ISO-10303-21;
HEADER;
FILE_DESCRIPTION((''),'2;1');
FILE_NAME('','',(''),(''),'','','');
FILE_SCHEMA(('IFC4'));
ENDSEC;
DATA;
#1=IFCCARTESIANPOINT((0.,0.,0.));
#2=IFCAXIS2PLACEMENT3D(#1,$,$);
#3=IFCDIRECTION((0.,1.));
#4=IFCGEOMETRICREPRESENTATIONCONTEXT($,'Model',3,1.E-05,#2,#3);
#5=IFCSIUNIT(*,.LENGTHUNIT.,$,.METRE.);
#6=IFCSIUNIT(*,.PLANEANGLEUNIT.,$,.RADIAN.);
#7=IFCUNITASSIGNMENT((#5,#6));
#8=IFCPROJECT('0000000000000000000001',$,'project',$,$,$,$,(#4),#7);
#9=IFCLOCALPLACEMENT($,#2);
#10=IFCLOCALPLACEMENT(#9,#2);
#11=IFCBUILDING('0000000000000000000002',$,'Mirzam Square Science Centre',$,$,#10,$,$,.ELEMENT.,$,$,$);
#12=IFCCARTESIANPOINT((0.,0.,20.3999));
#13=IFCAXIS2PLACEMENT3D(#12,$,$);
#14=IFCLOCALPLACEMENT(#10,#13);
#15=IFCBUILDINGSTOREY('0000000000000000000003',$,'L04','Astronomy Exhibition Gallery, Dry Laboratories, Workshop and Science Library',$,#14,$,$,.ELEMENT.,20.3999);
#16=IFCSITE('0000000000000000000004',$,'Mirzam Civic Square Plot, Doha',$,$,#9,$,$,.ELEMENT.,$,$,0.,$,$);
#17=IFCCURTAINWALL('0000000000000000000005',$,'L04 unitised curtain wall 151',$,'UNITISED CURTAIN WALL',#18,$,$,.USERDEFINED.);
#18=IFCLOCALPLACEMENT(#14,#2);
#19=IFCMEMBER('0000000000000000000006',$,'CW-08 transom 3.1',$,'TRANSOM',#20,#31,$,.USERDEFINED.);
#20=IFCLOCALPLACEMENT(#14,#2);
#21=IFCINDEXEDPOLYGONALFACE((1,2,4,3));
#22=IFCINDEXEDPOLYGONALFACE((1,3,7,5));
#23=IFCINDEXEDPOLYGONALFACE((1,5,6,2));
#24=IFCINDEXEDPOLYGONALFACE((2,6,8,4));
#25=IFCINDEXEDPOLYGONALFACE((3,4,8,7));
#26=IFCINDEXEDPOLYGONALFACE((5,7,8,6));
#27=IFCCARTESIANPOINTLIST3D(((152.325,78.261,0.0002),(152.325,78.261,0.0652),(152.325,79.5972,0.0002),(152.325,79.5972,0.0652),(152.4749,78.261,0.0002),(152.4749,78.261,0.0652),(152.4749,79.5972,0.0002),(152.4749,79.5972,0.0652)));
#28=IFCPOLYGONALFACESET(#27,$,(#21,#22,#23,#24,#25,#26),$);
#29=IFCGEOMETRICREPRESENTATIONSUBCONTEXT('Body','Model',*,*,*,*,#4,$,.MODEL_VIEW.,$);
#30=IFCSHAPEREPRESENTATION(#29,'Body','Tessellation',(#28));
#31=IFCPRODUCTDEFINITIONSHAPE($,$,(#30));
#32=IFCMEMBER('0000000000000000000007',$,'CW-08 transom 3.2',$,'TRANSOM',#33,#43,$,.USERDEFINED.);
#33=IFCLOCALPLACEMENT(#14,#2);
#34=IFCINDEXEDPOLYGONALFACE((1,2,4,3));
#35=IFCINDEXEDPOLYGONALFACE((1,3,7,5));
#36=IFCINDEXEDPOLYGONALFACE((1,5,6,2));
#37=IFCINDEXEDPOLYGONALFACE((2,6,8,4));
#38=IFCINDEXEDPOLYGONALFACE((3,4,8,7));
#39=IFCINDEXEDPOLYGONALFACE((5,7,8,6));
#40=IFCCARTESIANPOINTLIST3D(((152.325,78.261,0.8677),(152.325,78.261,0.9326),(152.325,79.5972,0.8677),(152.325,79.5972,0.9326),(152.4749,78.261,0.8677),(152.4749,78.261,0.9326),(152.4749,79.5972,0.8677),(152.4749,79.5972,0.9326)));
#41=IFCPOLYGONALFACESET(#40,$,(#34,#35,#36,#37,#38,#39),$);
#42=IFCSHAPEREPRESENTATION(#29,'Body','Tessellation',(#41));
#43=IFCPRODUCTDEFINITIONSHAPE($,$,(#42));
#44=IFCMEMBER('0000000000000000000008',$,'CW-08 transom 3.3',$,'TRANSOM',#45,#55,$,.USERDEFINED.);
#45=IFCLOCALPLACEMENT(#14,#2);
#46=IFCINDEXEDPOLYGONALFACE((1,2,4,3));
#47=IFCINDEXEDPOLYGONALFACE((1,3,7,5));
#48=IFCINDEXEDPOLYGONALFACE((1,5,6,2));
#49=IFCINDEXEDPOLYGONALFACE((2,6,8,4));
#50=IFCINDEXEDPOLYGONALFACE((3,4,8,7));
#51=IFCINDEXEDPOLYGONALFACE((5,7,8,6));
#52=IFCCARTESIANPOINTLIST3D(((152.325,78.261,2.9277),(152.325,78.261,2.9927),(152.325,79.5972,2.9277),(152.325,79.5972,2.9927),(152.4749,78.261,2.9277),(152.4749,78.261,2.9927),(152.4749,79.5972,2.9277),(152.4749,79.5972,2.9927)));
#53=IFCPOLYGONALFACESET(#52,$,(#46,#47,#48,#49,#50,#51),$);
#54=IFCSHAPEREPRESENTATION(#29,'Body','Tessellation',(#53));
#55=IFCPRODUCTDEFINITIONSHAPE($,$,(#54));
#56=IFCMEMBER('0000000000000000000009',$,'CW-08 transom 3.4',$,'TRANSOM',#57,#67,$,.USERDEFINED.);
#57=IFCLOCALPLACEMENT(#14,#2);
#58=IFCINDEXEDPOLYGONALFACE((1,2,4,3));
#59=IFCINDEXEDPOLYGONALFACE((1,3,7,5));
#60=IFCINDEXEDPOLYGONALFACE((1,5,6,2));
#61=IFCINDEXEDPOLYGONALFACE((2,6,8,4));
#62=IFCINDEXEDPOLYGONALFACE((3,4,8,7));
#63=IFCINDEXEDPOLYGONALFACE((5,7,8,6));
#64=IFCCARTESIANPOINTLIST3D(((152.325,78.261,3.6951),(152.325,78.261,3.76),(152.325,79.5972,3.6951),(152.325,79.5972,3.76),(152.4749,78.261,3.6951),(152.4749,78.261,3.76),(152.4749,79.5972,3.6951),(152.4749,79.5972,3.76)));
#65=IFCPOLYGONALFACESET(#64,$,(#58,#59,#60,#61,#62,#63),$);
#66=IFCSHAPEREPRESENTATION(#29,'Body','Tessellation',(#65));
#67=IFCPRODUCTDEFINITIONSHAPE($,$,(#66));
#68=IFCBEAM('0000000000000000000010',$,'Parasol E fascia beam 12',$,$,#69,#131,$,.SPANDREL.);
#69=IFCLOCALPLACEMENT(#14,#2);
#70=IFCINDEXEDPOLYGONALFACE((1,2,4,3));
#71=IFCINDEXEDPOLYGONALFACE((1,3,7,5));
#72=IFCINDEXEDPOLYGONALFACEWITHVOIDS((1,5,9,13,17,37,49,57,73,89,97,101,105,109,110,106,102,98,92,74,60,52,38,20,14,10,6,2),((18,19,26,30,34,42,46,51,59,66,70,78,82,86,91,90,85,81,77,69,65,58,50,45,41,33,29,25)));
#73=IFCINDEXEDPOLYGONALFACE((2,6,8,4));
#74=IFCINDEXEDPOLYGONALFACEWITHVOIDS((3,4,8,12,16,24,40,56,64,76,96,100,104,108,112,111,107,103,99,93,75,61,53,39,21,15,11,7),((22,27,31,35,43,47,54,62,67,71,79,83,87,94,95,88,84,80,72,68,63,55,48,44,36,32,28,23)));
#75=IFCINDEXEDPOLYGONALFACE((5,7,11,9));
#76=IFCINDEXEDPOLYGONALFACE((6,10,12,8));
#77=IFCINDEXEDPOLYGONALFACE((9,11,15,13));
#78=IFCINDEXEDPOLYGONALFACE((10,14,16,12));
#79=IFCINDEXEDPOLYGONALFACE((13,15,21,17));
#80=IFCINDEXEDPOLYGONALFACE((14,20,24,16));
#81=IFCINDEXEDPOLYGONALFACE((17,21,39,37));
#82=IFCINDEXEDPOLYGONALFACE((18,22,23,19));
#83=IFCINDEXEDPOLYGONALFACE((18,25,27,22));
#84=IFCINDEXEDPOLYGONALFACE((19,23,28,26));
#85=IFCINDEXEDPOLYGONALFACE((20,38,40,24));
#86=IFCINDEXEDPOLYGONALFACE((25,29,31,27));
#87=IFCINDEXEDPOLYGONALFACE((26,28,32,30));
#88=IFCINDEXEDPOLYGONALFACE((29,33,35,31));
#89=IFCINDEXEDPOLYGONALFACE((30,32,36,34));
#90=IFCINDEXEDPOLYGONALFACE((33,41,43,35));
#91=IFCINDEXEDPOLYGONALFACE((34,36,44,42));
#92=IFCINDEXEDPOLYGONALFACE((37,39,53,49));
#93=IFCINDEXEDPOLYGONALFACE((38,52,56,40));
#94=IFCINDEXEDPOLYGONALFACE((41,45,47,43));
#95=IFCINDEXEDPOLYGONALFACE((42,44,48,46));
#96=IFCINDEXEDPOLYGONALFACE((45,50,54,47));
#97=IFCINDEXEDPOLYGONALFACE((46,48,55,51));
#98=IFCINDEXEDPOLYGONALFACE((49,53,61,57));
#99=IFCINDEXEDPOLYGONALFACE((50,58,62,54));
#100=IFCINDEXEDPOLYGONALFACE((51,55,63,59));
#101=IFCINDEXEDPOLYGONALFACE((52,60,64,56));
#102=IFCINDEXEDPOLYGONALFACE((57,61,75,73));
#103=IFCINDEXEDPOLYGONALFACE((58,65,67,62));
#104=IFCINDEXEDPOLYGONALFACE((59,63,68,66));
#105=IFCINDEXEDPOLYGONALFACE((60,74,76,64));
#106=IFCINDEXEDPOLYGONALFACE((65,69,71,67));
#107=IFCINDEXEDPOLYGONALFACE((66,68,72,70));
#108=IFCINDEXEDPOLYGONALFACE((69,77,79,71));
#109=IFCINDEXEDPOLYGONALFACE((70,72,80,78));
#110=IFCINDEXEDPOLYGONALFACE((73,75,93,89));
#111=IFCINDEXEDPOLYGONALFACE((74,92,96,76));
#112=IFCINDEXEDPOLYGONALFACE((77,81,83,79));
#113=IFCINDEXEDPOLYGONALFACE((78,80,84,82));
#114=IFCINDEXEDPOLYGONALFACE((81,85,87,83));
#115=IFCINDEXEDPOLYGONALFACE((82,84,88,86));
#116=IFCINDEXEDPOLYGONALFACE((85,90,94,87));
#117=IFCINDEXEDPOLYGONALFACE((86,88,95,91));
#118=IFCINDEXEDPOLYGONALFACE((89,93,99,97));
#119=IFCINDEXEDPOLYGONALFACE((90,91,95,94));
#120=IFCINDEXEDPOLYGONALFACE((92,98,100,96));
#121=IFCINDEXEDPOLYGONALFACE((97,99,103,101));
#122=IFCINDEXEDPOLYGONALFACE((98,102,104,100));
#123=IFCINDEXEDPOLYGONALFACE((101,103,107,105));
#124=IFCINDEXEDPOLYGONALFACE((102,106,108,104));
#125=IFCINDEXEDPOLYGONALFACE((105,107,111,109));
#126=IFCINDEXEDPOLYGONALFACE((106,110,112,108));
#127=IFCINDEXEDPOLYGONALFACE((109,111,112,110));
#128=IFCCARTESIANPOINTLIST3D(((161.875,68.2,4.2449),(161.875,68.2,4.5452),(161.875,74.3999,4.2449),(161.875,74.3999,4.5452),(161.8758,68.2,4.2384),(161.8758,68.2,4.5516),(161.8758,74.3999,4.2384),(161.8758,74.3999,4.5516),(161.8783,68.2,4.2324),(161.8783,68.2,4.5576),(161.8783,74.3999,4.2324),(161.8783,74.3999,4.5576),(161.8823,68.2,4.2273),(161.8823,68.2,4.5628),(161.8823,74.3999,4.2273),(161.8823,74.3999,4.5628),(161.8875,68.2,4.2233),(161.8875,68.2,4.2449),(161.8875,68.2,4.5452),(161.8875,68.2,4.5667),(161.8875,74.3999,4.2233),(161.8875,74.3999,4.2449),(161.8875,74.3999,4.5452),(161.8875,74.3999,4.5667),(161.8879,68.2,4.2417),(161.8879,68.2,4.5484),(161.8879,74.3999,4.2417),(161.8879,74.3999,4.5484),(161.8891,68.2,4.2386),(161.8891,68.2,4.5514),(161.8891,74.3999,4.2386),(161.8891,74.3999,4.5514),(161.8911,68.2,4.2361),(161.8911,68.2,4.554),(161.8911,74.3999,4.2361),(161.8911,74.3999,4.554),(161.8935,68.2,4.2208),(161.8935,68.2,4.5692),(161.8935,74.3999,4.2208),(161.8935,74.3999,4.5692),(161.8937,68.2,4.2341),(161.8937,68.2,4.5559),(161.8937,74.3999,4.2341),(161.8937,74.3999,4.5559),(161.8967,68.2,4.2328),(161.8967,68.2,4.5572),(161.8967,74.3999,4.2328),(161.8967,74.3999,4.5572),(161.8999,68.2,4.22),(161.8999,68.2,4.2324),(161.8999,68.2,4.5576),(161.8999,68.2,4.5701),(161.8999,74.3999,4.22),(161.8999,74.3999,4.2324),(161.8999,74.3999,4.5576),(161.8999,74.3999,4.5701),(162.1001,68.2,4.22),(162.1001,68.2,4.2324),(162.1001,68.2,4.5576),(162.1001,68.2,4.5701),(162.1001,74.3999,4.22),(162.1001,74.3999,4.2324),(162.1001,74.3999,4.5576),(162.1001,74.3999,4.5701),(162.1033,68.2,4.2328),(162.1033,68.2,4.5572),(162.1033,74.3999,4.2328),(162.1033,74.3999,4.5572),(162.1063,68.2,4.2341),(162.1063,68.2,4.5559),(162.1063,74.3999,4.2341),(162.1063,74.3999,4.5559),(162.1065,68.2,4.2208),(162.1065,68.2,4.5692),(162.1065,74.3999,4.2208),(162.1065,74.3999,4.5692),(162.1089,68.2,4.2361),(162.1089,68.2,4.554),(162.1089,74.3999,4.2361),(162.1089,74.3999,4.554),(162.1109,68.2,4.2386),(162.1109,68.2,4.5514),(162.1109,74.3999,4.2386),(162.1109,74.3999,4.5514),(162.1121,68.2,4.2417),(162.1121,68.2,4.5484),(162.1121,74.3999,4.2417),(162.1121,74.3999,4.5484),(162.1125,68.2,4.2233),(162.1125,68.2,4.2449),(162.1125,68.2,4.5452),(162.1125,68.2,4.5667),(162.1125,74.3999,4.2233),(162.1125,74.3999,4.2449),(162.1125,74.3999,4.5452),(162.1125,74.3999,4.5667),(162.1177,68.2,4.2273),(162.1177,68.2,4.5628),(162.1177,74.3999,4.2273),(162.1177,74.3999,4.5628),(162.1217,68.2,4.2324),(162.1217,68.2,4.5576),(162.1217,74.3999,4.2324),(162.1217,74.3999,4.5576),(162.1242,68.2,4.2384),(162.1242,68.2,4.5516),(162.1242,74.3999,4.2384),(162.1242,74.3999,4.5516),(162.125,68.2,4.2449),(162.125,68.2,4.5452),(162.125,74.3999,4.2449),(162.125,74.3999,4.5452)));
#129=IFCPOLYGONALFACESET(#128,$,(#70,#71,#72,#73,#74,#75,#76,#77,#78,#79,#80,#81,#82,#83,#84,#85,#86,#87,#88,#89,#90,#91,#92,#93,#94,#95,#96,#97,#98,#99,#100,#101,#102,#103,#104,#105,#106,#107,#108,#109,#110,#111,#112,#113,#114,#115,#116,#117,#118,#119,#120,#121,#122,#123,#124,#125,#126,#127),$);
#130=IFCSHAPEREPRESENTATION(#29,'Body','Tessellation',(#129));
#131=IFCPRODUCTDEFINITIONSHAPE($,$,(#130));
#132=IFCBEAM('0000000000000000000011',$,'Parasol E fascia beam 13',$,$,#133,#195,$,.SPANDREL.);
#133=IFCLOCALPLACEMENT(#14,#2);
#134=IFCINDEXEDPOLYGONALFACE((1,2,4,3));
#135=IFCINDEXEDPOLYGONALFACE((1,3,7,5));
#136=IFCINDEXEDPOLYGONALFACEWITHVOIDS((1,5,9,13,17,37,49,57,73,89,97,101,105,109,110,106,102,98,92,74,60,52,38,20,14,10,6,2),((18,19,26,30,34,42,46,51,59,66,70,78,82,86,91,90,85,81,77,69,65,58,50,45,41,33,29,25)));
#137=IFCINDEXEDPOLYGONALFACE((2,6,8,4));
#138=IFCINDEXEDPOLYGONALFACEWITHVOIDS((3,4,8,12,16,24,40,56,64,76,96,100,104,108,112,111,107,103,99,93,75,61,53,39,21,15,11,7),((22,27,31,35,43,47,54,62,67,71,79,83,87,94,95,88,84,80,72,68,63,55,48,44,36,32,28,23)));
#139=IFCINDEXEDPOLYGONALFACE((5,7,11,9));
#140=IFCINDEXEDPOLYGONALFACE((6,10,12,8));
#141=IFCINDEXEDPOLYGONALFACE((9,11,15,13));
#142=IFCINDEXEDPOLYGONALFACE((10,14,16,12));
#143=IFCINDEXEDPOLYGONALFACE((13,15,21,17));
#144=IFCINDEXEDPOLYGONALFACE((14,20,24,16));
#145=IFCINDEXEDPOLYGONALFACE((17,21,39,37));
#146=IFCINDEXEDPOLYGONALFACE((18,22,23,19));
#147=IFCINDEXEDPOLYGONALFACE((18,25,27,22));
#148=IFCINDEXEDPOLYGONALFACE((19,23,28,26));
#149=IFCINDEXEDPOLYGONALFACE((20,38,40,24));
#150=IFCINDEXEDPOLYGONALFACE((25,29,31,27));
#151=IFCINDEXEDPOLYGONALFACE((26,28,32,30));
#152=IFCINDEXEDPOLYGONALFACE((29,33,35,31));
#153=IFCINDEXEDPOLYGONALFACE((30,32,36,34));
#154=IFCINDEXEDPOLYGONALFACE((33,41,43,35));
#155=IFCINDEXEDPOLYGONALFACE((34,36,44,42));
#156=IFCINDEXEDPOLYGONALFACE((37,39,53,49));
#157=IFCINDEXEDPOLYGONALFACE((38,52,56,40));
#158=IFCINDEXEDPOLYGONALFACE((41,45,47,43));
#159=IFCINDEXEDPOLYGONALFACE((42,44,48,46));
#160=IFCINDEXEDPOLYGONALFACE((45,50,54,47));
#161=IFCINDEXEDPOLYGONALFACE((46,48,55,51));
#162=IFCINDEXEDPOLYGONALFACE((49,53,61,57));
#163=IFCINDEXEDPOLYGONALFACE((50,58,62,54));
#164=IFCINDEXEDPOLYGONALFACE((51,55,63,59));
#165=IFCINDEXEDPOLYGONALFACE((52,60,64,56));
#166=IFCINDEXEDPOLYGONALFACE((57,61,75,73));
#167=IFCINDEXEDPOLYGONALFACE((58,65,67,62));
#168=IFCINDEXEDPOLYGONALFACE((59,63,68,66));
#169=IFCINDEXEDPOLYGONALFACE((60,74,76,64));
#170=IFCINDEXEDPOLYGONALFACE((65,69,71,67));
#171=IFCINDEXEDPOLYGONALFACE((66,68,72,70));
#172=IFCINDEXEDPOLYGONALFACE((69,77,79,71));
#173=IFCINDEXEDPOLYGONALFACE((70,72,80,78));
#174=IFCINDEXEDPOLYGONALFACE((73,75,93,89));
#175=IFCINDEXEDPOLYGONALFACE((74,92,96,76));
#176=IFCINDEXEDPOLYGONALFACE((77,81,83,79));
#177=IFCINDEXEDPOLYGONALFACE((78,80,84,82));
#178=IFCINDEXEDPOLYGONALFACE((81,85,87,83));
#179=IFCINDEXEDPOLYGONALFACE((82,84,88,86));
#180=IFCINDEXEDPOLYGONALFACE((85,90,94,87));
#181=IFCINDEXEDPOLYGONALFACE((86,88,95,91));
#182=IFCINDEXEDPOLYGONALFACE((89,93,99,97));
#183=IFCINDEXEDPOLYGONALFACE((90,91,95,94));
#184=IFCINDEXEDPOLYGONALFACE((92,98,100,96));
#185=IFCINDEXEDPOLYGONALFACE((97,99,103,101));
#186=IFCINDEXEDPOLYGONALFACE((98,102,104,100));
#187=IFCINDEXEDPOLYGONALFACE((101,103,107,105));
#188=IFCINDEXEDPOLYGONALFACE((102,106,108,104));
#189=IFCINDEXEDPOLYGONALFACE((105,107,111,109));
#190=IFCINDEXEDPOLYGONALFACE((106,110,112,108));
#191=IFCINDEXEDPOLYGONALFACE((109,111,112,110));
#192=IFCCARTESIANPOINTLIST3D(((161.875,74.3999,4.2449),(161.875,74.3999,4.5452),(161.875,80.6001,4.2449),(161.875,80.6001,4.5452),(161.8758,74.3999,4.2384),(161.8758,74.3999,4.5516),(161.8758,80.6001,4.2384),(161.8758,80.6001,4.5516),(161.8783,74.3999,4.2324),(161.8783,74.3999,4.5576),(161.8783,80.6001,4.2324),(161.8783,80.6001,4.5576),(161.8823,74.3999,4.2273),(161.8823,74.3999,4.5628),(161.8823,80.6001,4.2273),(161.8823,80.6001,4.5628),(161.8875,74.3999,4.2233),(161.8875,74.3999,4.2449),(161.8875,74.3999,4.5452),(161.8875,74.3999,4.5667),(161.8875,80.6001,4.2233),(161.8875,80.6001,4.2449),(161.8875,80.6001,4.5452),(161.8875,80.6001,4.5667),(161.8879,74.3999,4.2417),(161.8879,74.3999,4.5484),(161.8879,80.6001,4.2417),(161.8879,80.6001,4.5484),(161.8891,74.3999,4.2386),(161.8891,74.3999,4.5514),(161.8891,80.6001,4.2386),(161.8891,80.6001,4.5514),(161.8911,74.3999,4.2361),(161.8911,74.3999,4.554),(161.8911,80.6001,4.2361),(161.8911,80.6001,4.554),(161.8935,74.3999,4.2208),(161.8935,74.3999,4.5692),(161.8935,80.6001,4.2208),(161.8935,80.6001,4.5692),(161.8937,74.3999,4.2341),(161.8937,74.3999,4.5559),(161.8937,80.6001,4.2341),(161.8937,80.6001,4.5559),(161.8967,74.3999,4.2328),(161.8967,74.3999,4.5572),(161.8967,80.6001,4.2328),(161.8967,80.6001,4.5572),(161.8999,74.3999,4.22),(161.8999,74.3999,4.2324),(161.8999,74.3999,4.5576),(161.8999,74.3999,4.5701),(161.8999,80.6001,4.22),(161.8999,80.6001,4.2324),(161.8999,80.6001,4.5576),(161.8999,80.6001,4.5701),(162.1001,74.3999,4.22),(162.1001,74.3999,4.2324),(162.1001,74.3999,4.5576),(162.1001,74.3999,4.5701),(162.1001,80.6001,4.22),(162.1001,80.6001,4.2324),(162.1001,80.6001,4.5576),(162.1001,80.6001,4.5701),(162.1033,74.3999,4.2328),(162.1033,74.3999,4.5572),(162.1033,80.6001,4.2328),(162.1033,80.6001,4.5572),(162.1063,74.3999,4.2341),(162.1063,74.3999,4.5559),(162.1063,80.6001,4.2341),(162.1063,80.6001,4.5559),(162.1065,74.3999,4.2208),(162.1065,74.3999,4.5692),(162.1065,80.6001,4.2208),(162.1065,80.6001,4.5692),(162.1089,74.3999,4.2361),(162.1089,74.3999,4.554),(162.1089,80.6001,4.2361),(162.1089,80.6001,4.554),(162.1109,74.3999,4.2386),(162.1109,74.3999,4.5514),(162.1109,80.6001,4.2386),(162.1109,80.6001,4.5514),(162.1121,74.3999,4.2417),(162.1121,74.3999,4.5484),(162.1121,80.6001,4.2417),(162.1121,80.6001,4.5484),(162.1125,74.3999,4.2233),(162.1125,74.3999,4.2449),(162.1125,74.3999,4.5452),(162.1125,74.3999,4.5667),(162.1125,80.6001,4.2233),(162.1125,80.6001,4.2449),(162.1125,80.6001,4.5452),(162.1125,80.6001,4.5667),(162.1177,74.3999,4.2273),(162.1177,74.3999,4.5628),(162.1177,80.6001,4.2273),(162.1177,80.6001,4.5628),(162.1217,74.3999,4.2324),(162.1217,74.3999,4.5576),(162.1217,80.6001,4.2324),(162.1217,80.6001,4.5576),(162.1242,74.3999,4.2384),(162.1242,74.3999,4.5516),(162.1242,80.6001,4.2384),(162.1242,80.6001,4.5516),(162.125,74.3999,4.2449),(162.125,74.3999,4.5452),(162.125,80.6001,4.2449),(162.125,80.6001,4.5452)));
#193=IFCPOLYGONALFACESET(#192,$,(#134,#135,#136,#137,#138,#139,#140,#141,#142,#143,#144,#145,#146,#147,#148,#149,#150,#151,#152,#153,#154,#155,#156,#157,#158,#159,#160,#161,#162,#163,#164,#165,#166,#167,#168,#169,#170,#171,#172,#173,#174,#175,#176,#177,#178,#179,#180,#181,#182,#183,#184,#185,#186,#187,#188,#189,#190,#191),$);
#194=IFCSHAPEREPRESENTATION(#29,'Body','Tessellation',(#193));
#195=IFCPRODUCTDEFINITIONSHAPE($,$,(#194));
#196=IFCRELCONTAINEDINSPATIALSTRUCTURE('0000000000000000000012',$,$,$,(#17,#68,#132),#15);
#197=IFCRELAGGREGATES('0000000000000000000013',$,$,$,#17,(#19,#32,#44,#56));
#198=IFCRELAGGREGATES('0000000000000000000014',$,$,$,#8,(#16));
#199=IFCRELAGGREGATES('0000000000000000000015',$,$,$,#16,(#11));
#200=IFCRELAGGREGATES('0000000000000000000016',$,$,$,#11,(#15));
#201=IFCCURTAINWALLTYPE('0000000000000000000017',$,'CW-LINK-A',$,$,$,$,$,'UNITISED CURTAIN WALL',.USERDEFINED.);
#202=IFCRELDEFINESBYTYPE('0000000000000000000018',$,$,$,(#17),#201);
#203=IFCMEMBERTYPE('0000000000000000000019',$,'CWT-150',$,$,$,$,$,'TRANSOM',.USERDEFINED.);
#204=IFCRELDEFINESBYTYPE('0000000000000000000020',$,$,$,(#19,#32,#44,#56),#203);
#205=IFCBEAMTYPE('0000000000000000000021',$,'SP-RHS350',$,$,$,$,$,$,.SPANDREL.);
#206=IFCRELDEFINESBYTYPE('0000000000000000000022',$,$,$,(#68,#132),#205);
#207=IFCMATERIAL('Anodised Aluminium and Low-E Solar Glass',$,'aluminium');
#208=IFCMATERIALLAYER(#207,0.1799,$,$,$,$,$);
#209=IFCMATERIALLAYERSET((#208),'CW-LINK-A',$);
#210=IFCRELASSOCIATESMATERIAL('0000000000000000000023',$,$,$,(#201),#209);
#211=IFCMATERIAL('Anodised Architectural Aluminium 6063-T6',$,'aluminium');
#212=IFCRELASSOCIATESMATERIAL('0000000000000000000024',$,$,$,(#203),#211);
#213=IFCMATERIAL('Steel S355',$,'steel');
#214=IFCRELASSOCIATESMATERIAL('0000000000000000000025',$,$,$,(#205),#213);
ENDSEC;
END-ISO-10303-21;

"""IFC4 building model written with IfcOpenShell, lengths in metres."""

from ifc_helpers import new_model, si_unit, direction, frame, origin, origin_2d, place, context, subcontext, project, spatial, rectangle, hollow_rectangle, extrude, material, layer, layer_set, material_profile, profile_set, type_object, element, aggregate, save


model = new_model("IFC4")

# Units and contexts
model_context = context("Model", 3, precision=1e-05, world=origin(), true_north=direction((0.0, 1.0)))
body_context = subcontext(model_context, "Body", "Model", "MODEL_VIEW")
ifc_project = project(units=[si_unit("LENGTHUNIT", "METRE"), si_unit("PLANEANGLEUNIT", "RADIAN")], contexts=[model_context])

# Site, building, storey
site_placement = place(None, origin())
site = spatial("IfcSite", under=ifc_project, at=site_placement, Name="Mirzam Civic Square Plot, Doha", CompositionType="ELEMENT", RefElevation=0.0)
building_placement = place(site_placement, origin())
building = spatial("IfcBuilding", under=site, at=building_placement, Name="Mirzam Square Science Centre", CompositionType="ELEMENT")
storey_placement = place(building_placement, frame((0.0, 0.0, 20.3999)))
storey = spatial("IfcBuildingStorey", under=building, at=storey_placement, Name="L04", Description="Astronomy Exhibition Gallery, Dry Laboratories, Workshop and Science Library", CompositionType="ELEMENT", Elevation=20.3999)

# Shared definitions
ifc_material_1 = material(Name="Steel S355", Category="steel")

# Curtain wall, members
ifc_material_2 = material(Name="Anodised Aluminium and Low-E Solar Glass", Category="aluminium")
ifc_layer_1 = layer(ifc_material_2, 0.1799)
ifc_layer_set_1 = layer_set([ifc_layer_1], Name="CW-LINK-A")
curtain_wall_type = type_object("IfcCurtainWallType", Name="CW-LINK-A", ElementType="UNITISED CURTAIN WALL", PredefinedType="USERDEFINED", material=ifc_layer_set_1)
curtain_wall_placement = place(storey_placement, origin())
curtain_wall = element("IfcCurtainWall", 1, at=curtain_wall_placement, inside=storey, type_object=curtain_wall_type, Name="L04 unitised curtain wall 151", ObjectType="UNITISED CURTAIN WALL", PredefinedType="USERDEFINED")
ifc_material_3 = material(Name="Anodised Architectural Aluminium 6063-T6", Category="aluminium")
ifc_material_profile_1 = material_profile(ifc_material_3, rectangle(XDim=0.1499, YDim=0.0649, at=origin_2d()), Name="ALU-TRAN-150x65x4")
ifc_profile_set_1 = profile_set([ifc_material_profile_1], Name="Anodised Architectural Aluminium 6063-T6")
member_type_1 = type_object("IfcMemberType", Name="CWT-150", ElementType="TRANSOM", PredefinedType="USERDEFINED", material=ifc_profile_set_1)
member_1_placement = place(storey_placement, frame((152.3999, 78.261, 0.0327), z_axis=(0.0, 1.0, 0.0), x_axis=(-1.0, 0.0, 0.0)))
member_1 = element("IfcMember", 2, at=member_1_placement, type_object=member_type_1, Name="CW-08 transom 3.1", ObjectType="TRANSOM", PredefinedType="USERDEFINED", context=body_context, shape_type="SweptSolid", body=[
    extrude(rectangle(XDim=0.1499, YDim=0.0649, at=origin_2d()), origin(), (0.0, 0.0, 1.0), 1.3362),
])
member_2_placement = place(storey_placement, frame((152.3999, 78.261, 0.9001), z_axis=(0.0, 1.0, 0.0), x_axis=(-1.0, 0.0, 0.0)))
member_2 = element("IfcMember", 3, at=member_2_placement, type_object=member_type_1, Name="CW-08 transom 3.2", ObjectType="TRANSOM", PredefinedType="USERDEFINED", context=body_context, shape_type="SweptSolid", body=[
    extrude(rectangle(XDim=0.1499, YDim=0.0649, at=origin_2d()), origin(), (0.0, 0.0, 1.0), 1.3362),
])
member_3_placement = place(storey_placement, frame((152.3999, 78.261, 2.9602), z_axis=(0.0, 1.0, 0.0), x_axis=(-1.0, 0.0, 0.0)))
member_3 = element("IfcMember", 4, at=member_3_placement, type_object=member_type_1, Name="CW-08 transom 3.3", ObjectType="TRANSOM", PredefinedType="USERDEFINED", context=body_context, shape_type="SweptSolid", body=[
    extrude(rectangle(XDim=0.1499, YDim=0.0649, at=origin_2d()), origin(), (0.0, 0.0, 1.0), 1.3362),
])
member_4_placement = place(storey_placement, frame((152.3999, 78.261, 3.7275), z_axis=(0.0, 1.0, 0.0), x_axis=(-1.0, 0.0, 0.0)))
member_4 = element("IfcMember", 5, at=member_4_placement, type_object=member_type_1, Name="CW-08 transom 3.4", ObjectType="TRANSOM", PredefinedType="USERDEFINED", context=body_context, shape_type="SweptSolid", body=[
    extrude(rectangle(XDim=0.1499, YDim=0.0649, at=origin_2d()), origin(), (0.0, 0.0, 1.0), 1.3362),
])

# Beams
ifc_material_profile_2 = material_profile(ifc_material_1, hollow_rectangle(XDim=0.25, YDim=0.3501, WallThickness=0.0125, InnerFilletRadius=0.0125, OuterFilletRadius=0.0249, at=origin_2d()), Name="350x250x12.5RHS")
ifc_profile_set_2 = profile_set([ifc_material_profile_2], Name="Steel S355")
beam_type = type_object("IfcBeamType", Name="SP-RHS350", PredefinedType="SPANDREL", material=ifc_profile_set_2)
beam_1_placement = place(storey_placement, frame((162.0, 68.2, 4.395), z_axis=(0.0, 1.0, 0.0), x_axis=(-1.0, 0.0, 0.0)))
element("IfcBeam", 6, at=beam_1_placement, inside=storey, type_object=beam_type, Name="Parasol E fascia beam 12", PredefinedType="SPANDREL", context=body_context, shape_type="SweptSolid", body=[
    extrude(hollow_rectangle(XDim=0.25, YDim=0.3501, WallThickness=0.0125, InnerFilletRadius=0.0125, OuterFilletRadius=0.0249, at=origin_2d()), origin(), (0.0, 0.0, 1.0), 6.2),
])
beam_2_placement = place(storey_placement, frame((162.0, 74.3999, 4.395), z_axis=(0.0, 1.0, 0.0), x_axis=(-1.0, 0.0, 0.0)))
element("IfcBeam", 7, at=beam_2_placement, inside=storey, type_object=beam_type, Name="Parasol E fascia beam 13", PredefinedType="SPANDREL", context=body_context, shape_type="SweptSolid", body=[
    extrude(hollow_rectangle(XDim=0.25, YDim=0.3501, WallThickness=0.0125, InnerFilletRadius=0.0125, OuterFilletRadius=0.0249, at=origin_2d()), origin(), (0.0, 0.0, 1.0), 6.2002),
])

aggregate(curtain_wall, [member_1, member_2, member_3, member_4])

save(model, "model.ifc")
